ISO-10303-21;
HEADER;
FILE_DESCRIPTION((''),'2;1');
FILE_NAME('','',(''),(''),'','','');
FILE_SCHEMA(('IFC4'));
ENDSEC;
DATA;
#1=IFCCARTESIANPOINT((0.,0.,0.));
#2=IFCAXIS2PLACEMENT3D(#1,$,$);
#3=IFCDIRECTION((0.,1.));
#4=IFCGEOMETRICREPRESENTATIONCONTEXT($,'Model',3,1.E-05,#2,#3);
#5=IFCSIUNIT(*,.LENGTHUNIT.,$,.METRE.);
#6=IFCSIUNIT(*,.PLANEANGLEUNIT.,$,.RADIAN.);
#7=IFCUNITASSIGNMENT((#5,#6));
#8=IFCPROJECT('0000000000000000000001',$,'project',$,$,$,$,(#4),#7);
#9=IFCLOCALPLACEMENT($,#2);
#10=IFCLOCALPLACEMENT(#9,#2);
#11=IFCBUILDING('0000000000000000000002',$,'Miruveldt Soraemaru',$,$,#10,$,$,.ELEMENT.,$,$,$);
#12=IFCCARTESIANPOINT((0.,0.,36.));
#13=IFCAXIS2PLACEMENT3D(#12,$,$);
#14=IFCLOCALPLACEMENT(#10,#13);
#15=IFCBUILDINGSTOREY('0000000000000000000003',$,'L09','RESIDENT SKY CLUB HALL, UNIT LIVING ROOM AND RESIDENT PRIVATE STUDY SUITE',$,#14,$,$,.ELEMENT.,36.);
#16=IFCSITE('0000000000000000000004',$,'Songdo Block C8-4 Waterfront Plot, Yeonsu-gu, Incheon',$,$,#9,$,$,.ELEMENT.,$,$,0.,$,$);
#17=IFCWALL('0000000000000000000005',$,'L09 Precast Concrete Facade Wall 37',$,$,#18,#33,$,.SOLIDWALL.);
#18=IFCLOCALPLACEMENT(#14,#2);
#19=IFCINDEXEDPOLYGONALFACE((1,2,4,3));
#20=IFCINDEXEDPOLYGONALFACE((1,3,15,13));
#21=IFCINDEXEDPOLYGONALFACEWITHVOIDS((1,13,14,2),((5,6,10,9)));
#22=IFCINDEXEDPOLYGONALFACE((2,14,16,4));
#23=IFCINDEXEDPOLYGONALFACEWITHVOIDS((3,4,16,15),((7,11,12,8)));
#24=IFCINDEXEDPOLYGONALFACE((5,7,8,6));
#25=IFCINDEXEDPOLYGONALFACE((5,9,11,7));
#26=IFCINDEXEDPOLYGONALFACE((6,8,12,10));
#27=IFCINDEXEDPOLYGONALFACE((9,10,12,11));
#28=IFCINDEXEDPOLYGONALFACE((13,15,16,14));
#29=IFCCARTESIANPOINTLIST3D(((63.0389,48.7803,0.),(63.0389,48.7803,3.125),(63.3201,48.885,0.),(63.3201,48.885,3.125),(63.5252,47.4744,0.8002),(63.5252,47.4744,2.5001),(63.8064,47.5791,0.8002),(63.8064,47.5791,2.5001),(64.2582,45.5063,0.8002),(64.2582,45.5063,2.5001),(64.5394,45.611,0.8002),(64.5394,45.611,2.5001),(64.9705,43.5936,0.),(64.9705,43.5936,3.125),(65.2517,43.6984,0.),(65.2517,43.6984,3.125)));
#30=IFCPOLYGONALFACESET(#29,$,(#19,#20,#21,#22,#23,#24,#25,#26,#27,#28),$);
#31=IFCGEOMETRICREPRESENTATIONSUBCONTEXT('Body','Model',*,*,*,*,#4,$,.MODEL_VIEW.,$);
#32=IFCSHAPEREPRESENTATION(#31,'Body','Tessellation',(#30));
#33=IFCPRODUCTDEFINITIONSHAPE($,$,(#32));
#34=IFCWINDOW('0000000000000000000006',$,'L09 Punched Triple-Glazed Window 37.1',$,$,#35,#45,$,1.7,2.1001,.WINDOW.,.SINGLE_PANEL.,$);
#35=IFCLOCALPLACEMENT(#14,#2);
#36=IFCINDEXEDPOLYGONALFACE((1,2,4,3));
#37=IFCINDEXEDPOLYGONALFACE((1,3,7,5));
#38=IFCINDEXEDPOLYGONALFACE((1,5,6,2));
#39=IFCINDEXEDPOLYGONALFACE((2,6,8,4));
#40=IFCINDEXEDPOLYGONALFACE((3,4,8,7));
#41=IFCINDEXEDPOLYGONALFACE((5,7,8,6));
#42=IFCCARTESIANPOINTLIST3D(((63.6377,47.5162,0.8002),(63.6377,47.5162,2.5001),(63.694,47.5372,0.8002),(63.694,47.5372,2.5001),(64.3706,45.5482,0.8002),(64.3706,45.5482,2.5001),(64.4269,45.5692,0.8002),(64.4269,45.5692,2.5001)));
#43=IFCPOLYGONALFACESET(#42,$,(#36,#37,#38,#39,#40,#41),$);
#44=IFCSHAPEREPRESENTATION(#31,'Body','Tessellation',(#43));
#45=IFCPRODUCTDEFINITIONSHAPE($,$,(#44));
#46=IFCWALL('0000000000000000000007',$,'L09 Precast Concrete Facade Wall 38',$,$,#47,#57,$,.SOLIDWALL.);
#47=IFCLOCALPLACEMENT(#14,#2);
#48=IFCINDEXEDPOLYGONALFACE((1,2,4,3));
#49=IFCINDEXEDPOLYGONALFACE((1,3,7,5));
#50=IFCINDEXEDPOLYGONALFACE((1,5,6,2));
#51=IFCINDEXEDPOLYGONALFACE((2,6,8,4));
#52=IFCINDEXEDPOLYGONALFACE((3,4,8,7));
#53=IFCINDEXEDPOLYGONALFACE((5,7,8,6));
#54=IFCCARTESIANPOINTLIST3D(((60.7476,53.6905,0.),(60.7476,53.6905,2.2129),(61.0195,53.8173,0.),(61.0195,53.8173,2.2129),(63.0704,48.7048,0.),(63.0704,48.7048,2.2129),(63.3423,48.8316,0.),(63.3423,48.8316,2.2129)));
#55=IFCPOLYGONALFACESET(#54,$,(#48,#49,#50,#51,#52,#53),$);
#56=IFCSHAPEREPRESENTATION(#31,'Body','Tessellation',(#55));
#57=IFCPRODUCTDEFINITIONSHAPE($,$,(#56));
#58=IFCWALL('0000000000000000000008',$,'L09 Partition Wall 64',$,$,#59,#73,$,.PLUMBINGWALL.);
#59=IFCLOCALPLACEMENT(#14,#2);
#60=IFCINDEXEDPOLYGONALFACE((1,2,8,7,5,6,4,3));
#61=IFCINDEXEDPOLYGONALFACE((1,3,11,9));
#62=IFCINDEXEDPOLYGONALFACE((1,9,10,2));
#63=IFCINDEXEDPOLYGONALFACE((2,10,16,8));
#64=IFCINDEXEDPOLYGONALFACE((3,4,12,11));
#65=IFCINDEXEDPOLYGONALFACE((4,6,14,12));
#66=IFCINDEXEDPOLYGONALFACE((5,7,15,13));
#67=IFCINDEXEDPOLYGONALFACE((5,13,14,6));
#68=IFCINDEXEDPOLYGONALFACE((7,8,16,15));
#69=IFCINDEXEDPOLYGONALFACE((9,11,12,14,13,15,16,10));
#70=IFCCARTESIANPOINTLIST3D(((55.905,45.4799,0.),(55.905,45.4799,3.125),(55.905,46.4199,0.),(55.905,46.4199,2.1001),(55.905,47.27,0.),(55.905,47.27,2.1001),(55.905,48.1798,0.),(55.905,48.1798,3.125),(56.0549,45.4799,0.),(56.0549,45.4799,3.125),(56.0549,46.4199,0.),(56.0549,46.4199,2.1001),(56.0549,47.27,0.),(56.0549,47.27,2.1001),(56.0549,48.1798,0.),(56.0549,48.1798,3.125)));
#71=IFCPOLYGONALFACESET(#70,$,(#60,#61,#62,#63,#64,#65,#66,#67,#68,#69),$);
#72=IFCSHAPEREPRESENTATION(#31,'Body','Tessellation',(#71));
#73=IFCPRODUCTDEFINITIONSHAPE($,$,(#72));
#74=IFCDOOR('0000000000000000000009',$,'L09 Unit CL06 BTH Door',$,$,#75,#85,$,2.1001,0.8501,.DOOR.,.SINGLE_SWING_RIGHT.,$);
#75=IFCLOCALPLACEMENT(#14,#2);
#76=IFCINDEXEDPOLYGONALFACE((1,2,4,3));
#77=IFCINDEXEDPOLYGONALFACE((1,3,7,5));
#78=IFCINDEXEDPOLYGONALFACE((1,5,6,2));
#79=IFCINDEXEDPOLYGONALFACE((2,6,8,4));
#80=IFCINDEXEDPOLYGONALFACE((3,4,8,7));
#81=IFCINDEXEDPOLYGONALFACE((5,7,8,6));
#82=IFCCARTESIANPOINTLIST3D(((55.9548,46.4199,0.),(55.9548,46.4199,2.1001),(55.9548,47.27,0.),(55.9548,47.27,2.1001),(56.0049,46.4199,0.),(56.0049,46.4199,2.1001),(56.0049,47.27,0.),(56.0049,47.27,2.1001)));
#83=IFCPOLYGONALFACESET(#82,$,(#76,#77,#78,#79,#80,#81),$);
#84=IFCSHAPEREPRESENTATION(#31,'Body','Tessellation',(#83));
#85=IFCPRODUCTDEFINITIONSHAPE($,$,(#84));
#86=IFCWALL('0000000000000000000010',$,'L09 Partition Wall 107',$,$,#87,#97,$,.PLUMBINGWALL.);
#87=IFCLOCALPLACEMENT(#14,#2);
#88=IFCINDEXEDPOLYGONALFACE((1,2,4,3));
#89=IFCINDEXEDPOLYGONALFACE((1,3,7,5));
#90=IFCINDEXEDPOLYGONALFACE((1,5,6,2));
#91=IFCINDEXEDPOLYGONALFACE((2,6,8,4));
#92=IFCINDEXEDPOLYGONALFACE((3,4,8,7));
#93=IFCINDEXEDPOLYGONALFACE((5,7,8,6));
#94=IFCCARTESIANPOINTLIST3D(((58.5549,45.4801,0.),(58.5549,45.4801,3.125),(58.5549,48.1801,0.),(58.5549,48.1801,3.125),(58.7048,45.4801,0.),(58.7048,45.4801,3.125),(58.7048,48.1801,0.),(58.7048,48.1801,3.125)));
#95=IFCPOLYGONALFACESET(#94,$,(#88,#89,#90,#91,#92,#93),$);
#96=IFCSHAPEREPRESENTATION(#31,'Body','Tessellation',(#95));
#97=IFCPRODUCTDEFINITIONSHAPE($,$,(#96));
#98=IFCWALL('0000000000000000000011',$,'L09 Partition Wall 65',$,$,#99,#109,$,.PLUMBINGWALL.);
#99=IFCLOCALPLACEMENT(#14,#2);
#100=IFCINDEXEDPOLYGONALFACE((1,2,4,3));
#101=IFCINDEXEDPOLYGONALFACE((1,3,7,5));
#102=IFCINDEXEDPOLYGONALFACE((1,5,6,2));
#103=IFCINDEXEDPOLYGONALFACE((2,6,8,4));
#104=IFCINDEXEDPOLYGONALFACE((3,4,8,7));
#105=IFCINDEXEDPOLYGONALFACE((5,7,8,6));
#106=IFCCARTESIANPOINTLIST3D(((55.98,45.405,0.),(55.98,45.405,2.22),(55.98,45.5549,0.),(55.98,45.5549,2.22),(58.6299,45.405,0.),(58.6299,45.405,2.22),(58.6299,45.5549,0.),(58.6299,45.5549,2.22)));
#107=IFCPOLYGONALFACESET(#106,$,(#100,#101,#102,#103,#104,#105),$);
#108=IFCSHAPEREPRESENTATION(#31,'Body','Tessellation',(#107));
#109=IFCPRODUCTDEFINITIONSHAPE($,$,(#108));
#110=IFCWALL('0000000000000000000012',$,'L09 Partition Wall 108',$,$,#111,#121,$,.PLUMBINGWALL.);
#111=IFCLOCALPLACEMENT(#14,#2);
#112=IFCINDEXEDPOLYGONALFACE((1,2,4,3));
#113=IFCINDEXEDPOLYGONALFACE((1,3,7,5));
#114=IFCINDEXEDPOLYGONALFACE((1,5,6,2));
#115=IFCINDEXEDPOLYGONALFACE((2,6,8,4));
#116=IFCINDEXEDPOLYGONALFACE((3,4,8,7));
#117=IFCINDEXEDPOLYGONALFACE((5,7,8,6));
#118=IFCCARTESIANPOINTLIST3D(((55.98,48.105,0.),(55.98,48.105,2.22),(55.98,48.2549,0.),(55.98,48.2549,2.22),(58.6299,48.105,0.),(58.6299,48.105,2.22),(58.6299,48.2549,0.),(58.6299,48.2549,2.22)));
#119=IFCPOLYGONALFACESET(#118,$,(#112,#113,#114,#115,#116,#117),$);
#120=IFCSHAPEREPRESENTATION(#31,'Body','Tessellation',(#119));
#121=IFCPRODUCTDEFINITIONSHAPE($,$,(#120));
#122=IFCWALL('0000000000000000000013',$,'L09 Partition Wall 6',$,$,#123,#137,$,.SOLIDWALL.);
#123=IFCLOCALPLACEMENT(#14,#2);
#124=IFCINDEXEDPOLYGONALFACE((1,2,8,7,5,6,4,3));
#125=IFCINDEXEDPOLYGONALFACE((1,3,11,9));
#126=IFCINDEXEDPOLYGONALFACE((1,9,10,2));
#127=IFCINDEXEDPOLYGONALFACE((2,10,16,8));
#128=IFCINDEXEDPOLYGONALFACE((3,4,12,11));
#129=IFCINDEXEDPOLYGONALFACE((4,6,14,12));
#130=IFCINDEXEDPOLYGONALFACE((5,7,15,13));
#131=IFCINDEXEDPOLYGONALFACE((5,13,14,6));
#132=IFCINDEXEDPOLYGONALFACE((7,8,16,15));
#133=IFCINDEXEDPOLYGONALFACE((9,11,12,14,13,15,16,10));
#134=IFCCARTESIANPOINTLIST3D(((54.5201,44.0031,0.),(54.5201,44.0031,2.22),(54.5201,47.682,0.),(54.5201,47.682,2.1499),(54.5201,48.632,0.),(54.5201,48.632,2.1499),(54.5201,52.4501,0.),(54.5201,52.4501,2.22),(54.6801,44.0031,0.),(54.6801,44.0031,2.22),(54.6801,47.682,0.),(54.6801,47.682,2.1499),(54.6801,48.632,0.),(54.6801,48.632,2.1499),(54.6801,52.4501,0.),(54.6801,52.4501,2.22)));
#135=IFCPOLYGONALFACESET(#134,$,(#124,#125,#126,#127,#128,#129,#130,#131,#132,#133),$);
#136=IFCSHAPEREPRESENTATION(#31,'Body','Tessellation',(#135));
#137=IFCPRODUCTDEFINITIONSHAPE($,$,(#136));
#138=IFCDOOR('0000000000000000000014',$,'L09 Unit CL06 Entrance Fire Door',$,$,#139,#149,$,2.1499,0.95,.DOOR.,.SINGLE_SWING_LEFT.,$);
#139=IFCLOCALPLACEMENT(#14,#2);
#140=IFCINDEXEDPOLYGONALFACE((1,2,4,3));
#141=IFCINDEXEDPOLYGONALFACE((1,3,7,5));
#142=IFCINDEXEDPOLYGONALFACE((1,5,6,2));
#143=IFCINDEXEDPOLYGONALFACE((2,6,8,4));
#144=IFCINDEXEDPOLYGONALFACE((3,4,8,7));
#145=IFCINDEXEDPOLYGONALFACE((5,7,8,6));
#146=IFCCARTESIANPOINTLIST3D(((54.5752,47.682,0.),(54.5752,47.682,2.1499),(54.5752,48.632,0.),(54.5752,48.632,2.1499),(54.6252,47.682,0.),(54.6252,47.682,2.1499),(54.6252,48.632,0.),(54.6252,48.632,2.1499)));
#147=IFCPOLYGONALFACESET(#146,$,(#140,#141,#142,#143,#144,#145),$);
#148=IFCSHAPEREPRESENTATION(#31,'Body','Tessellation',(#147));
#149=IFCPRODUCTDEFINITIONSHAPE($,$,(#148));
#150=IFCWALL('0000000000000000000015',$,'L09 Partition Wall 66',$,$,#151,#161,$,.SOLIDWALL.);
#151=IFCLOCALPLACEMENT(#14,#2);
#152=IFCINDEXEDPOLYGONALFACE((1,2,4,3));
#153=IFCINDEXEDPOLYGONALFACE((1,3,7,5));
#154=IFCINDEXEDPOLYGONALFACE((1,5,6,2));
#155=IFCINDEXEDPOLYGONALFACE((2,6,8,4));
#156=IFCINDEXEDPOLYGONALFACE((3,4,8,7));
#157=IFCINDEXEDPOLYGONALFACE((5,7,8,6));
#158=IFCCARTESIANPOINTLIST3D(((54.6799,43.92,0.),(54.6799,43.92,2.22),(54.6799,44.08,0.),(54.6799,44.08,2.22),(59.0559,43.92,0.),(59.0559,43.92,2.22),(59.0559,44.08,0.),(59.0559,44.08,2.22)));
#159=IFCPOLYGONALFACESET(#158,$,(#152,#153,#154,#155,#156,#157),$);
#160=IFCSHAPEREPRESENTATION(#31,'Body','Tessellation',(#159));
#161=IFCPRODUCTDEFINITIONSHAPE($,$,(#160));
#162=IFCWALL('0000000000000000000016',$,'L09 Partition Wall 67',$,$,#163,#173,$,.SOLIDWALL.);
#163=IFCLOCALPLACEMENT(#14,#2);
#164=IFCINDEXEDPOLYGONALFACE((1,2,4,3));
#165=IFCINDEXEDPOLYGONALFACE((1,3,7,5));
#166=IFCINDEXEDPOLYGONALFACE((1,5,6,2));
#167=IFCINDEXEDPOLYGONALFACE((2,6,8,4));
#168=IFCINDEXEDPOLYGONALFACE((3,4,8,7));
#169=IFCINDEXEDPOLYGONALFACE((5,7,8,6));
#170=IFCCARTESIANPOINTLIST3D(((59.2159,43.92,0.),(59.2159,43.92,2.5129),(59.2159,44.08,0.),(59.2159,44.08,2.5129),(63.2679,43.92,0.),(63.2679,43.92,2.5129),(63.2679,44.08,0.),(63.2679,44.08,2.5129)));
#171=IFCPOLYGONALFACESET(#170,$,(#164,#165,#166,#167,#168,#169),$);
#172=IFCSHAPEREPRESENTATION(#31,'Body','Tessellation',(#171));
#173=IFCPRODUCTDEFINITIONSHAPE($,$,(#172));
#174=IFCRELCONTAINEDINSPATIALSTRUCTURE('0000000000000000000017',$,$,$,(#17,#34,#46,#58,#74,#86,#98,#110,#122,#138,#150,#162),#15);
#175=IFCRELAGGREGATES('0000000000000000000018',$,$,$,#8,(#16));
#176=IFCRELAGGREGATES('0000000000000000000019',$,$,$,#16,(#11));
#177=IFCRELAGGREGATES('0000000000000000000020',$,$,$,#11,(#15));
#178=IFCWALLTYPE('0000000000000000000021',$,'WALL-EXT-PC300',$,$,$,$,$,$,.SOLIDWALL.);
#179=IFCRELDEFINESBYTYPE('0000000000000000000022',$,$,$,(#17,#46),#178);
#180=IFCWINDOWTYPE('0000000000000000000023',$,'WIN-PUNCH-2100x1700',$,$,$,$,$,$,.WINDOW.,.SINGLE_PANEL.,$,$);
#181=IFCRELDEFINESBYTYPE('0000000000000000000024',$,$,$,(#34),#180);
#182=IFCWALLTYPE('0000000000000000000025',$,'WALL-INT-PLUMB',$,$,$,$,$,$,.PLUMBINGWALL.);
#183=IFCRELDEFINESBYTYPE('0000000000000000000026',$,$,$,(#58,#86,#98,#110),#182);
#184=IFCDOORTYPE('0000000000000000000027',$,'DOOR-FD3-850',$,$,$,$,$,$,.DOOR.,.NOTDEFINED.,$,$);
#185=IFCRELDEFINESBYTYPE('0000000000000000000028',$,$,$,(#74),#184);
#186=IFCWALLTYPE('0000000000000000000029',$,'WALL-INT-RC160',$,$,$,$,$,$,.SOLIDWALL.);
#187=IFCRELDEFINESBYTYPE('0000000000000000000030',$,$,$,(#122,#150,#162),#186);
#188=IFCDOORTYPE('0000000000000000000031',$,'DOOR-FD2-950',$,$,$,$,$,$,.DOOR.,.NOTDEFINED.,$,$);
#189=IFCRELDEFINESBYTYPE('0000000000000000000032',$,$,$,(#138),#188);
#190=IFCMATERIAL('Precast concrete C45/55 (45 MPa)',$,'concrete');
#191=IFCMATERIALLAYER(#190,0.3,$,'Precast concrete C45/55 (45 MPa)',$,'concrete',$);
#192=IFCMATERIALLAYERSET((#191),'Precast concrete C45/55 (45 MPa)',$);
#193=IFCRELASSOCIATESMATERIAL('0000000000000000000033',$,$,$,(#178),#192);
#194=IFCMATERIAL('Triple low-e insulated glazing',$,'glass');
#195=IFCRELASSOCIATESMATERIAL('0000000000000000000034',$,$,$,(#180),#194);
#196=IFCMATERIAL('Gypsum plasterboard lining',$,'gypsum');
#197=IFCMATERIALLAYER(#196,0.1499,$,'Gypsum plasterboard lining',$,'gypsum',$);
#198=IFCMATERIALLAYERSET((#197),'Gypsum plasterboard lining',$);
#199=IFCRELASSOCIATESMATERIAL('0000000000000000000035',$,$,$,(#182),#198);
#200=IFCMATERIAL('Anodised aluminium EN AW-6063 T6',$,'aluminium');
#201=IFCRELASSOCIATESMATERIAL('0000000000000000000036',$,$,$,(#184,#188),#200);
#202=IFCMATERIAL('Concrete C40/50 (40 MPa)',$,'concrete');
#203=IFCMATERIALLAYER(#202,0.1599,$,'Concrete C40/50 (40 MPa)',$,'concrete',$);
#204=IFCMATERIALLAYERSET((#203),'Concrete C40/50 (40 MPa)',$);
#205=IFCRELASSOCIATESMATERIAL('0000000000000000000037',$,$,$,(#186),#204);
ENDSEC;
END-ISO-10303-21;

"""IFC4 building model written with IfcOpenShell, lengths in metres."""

from ifc_helpers import new_model, si_unit, direction, frame, frame_2d, origin, place, context, subcontext, project, spatial, rectangle, extrude, material, layer, layer_set, type_object, element, fill, save


model = new_model("IFC4")

# Units and contexts
model_context = context("Model", 3, precision=1e-05, world=origin(), true_north=direction((0.0, 1.0)))
body_context = subcontext(model_context, "Body", "Model", "MODEL_VIEW")
ifc_project = project(units=[si_unit("LENGTHUNIT", "METRE"), si_unit("PLANEANGLEUNIT", "RADIAN")], contexts=[model_context])

# Site, building, storey
site_placement = place(None, origin())
site = spatial("IfcSite", under=ifc_project, at=site_placement, Name="Songdo Block C8-4 Waterfront Plot, Yeonsu-gu, Incheon", CompositionType="ELEMENT", RefElevation=0.0)
building_placement = place(site_placement, origin())
building = spatial("IfcBuilding", under=site, at=building_placement, Name="Miruveldt Soraemaru", CompositionType="ELEMENT")
storey_placement = place(building_placement, frame((0.0, 0.0, 36.0)))
storey = spatial("IfcBuildingStorey", under=building, at=storey_placement, Name="L09", Description="RESIDENT SKY CLUB HALL, UNIT LIVING ROOM AND RESIDENT PRIVATE STUDY SUITE", CompositionType="ELEMENT", Elevation=36.0)

# Wall, opening, window
ifc_material_1 = material(Name="Precast concrete C45/55 (45 MPa)", Category="concrete")
ifc_layer_1 = layer(ifc_material_1, 0.3, Name="Precast concrete C45/55 (45 MPa)", Category="concrete")
ifc_layer_set_1 = layer_set([ifc_layer_1], Name="Precast concrete C45/55 (45 MPa)")
wall_type_1 = type_object("IfcWallType", Name="WALL-EXT-PC300", PredefinedType="SOLIDWALL", material=ifc_layer_set_1)
wall_1_placement = place(storey_placement, frame((65.1111, 43.646, 0.0), z_axis=(0.0, 0.0, 1.0), x_axis=(-0.349, 0.937123, 0.0)))
wall_1 = element("IfcWall", 1, at=wall_1_placement, inside=storey, type_object=wall_type_1, Name="L09 Precast Concrete Facade Wall 37", PredefinedType="SOLIDWALL", context=body_context, shape_type="SweptSolid", body=[
    extrude(rectangle(XDim=5.5347, YDim=0.3, at=frame_2d((2.7673, 0.0))), origin(), (0.0, 0.0, 1.0), 3.125),
])
opening_1_placement = place(wall_1_placement, frame((2.041, 0.0, 0.8)))
opening_1 = element("IfcOpeningElement", 2, at=opening_1_placement, cuts=wall_1, PredefinedType="OPENING", context=body_context, shape_type="SweptSolid", body=[
    extrude(rectangle(XDim=2.1001, YDim=1.7, at=frame_2d((1.05, 0.8501))), frame((0.0, 0.1602, 0.0), z_axis=(0.0, -1.0, 0.0), x_axis=(1.0, 0.0, 0.0)), (0.0, 0.0, 1.0), 0.3201),
])
ifc_material_2 = material(Name="Triple low-e insulated glazing", Category="glass")
window_type = type_object("IfcWindowType", Name="WIN-PUNCH-2100x1700", PartitioningType="SINGLE_PANEL", PredefinedType="WINDOW", material=ifc_material_2)
window_placement = place(opening_1_placement, origin())
window = element("IfcWindow", 3, at=window_placement, inside=storey, type_object=window_type, Name="L09 Punched Triple-Glazed Window 37.1", OverallHeight=1.7, OverallWidth=2.1001, PartitioningType="SINGLE_PANEL", PredefinedType="WINDOW", context=body_context, shape_type="SweptSolid", body=[
    extrude(rectangle(XDim=2.1001, YDim=1.7, at=frame_2d((1.05, 0.8501))), frame((0.0, 0.03, 0.0), z_axis=(0.0, -1.0, 0.0), x_axis=(1.0, 0.0, 0.0)), (0.0, 0.0, 1.0), 0.0601),
])
fill(opening_1, window)

# Wall
wall_2_placement = place(storey_placement, frame((63.2063, 48.7683, 0.0), z_axis=(0.0, 0.0, 1.0), x_axis=(-0.422309, 0.906452, 0.0)))
element("IfcWall", 4, at=wall_2_placement, inside=storey, type_object=wall_type_1, Name="L09 Precast Concrete Facade Wall 38", PredefinedType="SOLIDWALL", context=body_context, shape_type="SweptSolid", body=[
    extrude(rectangle(XDim=5.5002, YDim=0.3, at=frame_2d((2.75, 0.0))), origin(), (0.0, 0.0, 1.0), 2.2129),
])

# Wall, opening, door
ifc_material_3 = material(Name="Gypsum plasterboard lining", Category="gypsum")
ifc_layer_2 = layer(ifc_material_3, 0.1499, Name="Gypsum plasterboard lining", Category="gypsum")
ifc_layer_set_2 = layer_set([ifc_layer_2], Name="Gypsum plasterboard lining")
wall_type_2 = type_object("IfcWallType", Name="WALL-INT-PLUMB", PredefinedType="PLUMBINGWALL", material=ifc_layer_set_2)
wall_3_placement = place(storey_placement, frame((55.98, 48.1799, 0.0), z_axis=(0.0, 0.0, 1.0), x_axis=(0.0, -1.0, 0.0)))
wall_3 = element("IfcWall", 5, at=wall_3_placement, inside=storey, type_object=wall_type_2, Name="L09 Partition Wall 64", PredefinedType="PLUMBINGWALL", context=body_context, shape_type="SweptSolid", body=[
    extrude(rectangle(XDim=2.7, YDim=0.1499, at=frame_2d((1.3501, 0.0))), origin(), (0.0, 0.0, 1.0), 3.125),
])
opening_2_placement = place(wall_3_placement, frame((0.9099, 0.0, 0.0)))
opening_2 = element("IfcOpeningElement", 6, at=opening_2_placement, cuts=wall_3, PredefinedType="OPENING", context=body_context, shape_type="SweptSolid", body=[
    extrude(rectangle(XDim=0.8501, YDim=2.1001, at=frame_2d((0.425, 1.05))), frame((0.0, 0.085, 0.0), z_axis=(0.0, -1.0, 0.0), x_axis=(1.0, 0.0, 0.0)), (0.0, 0.0, 1.0), 0.1699),
])
ifc_material_4 = material(Name="Anodised aluminium EN AW-6063 T6", Category="aluminium")
door_type_1 = type_object("IfcDoorType", Name="DOOR-FD3-850", OperationType="NOTDEFINED", PredefinedType="DOOR", material=ifc_material_4)
door_1_placement = place(opening_2_placement, origin())
door_1 = element("IfcDoor", 7, at=door_1_placement, inside=storey, type_object=door_type_1, Name="L09 Unit CL06 BTH Door", OperationType="SINGLE_SWING_RIGHT", OverallHeight=2.1001, OverallWidth=0.8501, PredefinedType="DOOR", context=body_context, shape_type="SweptSolid", body=[
    extrude(rectangle(XDim=0.8501, YDim=2.1001, at=frame_2d((0.425, 1.05))), frame((0.0, 0.0249, 0.0), z_axis=(0.0, -1.0, 0.0), x_axis=(1.0, 0.0, 0.0)), (0.0, 0.0, 1.0), 0.05),
])
fill(opening_2, door_1)

# Walls
wall_4_placement = place(storey_placement, frame((58.6299, 45.48, 0.0), z_axis=(0.0, 0.0, 1.0), x_axis=(0.0, 1.0, 0.0)))
element("IfcWall", 8, at=wall_4_placement, inside=storey, type_object=wall_type_2, Name="L09 Partition Wall 107", PredefinedType="PLUMBINGWALL", context=body_context, shape_type="SweptSolid", body=[
    extrude(rectangle(XDim=2.7, YDim=0.1499, at=frame_2d((1.3501, 0.0))), origin(), (0.0, 0.0, 1.0), 3.125),
])
for number, where, z_axis, x_axis, name in (
    (9, (55.98, 45.48, 0.0), (0.0, 0.0, 1.0), (1.0, 0.0, 0.0), "L09 Partition Wall 65"),
    (10, (58.6299, 48.1799, 0.0), (0.0, 0.0, 1.0), (-1.0, 0.0, 0.0), "L09 Partition Wall 108"),
):
    element("IfcWall", number, at=place(storey_placement, frame(where, z_axis=z_axis, x_axis=x_axis)), inside=storey, type_object=wall_type_2, Name=name, PredefinedType="PLUMBINGWALL", context=body_context, shape_type="SweptSolid", body=[
        extrude(rectangle(XDim=2.6499, YDim=0.1499, at=frame_2d((1.325, 0.0))), origin(), (0.0, 0.0, 1.0), 2.22),
    ])

# Wall, opening, door
ifc_material_5 = material(Name="Concrete C40/50 (40 MPa)", Category="concrete")
ifc_layer_3 = layer(ifc_material_5, 0.1599, Name="Concrete C40/50 (40 MPa)", Category="concrete")
ifc_layer_set_3 = layer_set([ifc_layer_3], Name="Concrete C40/50 (40 MPa)")
wall_type_3 = type_object("IfcWallType", Name="WALL-INT-RC160", PredefinedType="SOLIDWALL", material=ifc_layer_set_3)
wall_5_placement = place(storey_placement, frame((54.6001, 44.0029, 0.0), z_axis=(0.0, 0.0, 1.0), x_axis=(0.0, 1.0, 0.0)))
wall_5 = element("IfcWall", 11, at=wall_5_placement, inside=storey, type_object=wall_type_3, Name="L09 Partition Wall 6", PredefinedType="SOLIDWALL", context=body_context, shape_type="SweptSolid", body=[
    extrude(rectangle(XDim=8.447, YDim=0.1599, at=frame_2d((4.2236, 0.0))), origin(), (0.0, 0.0, 1.0), 2.22),
])
opening_3_placement = place(wall_5_placement, frame((3.679, 0.0, 0.0)))
opening_3 = element("IfcOpeningElement", 12, at=opening_3_placement, cuts=wall_5, PredefinedType="OPENING", context=body_context, shape_type="SweptSolid", body=[
    extrude(rectangle(XDim=0.95, YDim=2.1499, at=frame_2d((0.4751, 1.075))), frame((0.0, 0.0898, 0.0), z_axis=(0.0, -1.0, 0.0), x_axis=(1.0, 0.0, 0.0)), (0.0, 0.0, 1.0), 0.1799),
])
door_type_2 = type_object("IfcDoorType", Name="DOOR-FD2-950", OperationType="NOTDEFINED", PredefinedType="DOOR", material=ifc_material_4)
door_2_placement = place(opening_3_placement, origin())
door_2 = element("IfcDoor", 13, at=door_2_placement, inside=storey, type_object=door_type_2, Name="L09 Unit CL06 Entrance Fire Door", OperationType="SINGLE_SWING_LEFT", OverallHeight=2.1499, OverallWidth=0.95, PredefinedType="DOOR", context=body_context, shape_type="SweptSolid", body=[
    extrude(rectangle(XDim=0.95, YDim=2.1499, at=frame_2d((0.4751, 1.075))), frame((0.0, 0.0249, 0.0), z_axis=(0.0, -1.0, 0.0), x_axis=(1.0, 0.0, 0.0)), (0.0, 0.0, 1.0), 0.05),
])
fill(opening_3, door_2)

# Walls
wall_6_placement = place(storey_placement, frame((54.6799, 44.0, 0.0), z_axis=(0.0, 0.0, 1.0), x_axis=(1.0, 0.0, 0.0)))
element("IfcWall", 14, at=wall_6_placement, inside=storey, type_object=wall_type_3, Name="L09 Partition Wall 66", PredefinedType="SOLIDWALL", context=body_context, shape_type="SweptSolid", body=[
    extrude(rectangle(XDim=4.376, YDim=0.1599, at=frame_2d((2.188, 0.0))), origin(), (0.0, 0.0, 1.0), 2.22),
])
wall_7_placement = place(storey_placement, frame((59.2161, 44.0, 0.0), z_axis=(0.0, 0.0, 1.0), x_axis=(1.0, 0.0, 0.0)))
element("IfcWall", 15, at=wall_7_placement, inside=storey, type_object=wall_type_3, Name="L09 Partition Wall 67", PredefinedType="SOLIDWALL", context=body_context, shape_type="SweptSolid", body=[
    extrude(rectangle(XDim=4.052, YDim=0.1599, at=frame_2d((2.0259, 0.0))), origin(), (0.0, 0.0, 1.0), 2.5129),
])

save(model, "model.ifc")
